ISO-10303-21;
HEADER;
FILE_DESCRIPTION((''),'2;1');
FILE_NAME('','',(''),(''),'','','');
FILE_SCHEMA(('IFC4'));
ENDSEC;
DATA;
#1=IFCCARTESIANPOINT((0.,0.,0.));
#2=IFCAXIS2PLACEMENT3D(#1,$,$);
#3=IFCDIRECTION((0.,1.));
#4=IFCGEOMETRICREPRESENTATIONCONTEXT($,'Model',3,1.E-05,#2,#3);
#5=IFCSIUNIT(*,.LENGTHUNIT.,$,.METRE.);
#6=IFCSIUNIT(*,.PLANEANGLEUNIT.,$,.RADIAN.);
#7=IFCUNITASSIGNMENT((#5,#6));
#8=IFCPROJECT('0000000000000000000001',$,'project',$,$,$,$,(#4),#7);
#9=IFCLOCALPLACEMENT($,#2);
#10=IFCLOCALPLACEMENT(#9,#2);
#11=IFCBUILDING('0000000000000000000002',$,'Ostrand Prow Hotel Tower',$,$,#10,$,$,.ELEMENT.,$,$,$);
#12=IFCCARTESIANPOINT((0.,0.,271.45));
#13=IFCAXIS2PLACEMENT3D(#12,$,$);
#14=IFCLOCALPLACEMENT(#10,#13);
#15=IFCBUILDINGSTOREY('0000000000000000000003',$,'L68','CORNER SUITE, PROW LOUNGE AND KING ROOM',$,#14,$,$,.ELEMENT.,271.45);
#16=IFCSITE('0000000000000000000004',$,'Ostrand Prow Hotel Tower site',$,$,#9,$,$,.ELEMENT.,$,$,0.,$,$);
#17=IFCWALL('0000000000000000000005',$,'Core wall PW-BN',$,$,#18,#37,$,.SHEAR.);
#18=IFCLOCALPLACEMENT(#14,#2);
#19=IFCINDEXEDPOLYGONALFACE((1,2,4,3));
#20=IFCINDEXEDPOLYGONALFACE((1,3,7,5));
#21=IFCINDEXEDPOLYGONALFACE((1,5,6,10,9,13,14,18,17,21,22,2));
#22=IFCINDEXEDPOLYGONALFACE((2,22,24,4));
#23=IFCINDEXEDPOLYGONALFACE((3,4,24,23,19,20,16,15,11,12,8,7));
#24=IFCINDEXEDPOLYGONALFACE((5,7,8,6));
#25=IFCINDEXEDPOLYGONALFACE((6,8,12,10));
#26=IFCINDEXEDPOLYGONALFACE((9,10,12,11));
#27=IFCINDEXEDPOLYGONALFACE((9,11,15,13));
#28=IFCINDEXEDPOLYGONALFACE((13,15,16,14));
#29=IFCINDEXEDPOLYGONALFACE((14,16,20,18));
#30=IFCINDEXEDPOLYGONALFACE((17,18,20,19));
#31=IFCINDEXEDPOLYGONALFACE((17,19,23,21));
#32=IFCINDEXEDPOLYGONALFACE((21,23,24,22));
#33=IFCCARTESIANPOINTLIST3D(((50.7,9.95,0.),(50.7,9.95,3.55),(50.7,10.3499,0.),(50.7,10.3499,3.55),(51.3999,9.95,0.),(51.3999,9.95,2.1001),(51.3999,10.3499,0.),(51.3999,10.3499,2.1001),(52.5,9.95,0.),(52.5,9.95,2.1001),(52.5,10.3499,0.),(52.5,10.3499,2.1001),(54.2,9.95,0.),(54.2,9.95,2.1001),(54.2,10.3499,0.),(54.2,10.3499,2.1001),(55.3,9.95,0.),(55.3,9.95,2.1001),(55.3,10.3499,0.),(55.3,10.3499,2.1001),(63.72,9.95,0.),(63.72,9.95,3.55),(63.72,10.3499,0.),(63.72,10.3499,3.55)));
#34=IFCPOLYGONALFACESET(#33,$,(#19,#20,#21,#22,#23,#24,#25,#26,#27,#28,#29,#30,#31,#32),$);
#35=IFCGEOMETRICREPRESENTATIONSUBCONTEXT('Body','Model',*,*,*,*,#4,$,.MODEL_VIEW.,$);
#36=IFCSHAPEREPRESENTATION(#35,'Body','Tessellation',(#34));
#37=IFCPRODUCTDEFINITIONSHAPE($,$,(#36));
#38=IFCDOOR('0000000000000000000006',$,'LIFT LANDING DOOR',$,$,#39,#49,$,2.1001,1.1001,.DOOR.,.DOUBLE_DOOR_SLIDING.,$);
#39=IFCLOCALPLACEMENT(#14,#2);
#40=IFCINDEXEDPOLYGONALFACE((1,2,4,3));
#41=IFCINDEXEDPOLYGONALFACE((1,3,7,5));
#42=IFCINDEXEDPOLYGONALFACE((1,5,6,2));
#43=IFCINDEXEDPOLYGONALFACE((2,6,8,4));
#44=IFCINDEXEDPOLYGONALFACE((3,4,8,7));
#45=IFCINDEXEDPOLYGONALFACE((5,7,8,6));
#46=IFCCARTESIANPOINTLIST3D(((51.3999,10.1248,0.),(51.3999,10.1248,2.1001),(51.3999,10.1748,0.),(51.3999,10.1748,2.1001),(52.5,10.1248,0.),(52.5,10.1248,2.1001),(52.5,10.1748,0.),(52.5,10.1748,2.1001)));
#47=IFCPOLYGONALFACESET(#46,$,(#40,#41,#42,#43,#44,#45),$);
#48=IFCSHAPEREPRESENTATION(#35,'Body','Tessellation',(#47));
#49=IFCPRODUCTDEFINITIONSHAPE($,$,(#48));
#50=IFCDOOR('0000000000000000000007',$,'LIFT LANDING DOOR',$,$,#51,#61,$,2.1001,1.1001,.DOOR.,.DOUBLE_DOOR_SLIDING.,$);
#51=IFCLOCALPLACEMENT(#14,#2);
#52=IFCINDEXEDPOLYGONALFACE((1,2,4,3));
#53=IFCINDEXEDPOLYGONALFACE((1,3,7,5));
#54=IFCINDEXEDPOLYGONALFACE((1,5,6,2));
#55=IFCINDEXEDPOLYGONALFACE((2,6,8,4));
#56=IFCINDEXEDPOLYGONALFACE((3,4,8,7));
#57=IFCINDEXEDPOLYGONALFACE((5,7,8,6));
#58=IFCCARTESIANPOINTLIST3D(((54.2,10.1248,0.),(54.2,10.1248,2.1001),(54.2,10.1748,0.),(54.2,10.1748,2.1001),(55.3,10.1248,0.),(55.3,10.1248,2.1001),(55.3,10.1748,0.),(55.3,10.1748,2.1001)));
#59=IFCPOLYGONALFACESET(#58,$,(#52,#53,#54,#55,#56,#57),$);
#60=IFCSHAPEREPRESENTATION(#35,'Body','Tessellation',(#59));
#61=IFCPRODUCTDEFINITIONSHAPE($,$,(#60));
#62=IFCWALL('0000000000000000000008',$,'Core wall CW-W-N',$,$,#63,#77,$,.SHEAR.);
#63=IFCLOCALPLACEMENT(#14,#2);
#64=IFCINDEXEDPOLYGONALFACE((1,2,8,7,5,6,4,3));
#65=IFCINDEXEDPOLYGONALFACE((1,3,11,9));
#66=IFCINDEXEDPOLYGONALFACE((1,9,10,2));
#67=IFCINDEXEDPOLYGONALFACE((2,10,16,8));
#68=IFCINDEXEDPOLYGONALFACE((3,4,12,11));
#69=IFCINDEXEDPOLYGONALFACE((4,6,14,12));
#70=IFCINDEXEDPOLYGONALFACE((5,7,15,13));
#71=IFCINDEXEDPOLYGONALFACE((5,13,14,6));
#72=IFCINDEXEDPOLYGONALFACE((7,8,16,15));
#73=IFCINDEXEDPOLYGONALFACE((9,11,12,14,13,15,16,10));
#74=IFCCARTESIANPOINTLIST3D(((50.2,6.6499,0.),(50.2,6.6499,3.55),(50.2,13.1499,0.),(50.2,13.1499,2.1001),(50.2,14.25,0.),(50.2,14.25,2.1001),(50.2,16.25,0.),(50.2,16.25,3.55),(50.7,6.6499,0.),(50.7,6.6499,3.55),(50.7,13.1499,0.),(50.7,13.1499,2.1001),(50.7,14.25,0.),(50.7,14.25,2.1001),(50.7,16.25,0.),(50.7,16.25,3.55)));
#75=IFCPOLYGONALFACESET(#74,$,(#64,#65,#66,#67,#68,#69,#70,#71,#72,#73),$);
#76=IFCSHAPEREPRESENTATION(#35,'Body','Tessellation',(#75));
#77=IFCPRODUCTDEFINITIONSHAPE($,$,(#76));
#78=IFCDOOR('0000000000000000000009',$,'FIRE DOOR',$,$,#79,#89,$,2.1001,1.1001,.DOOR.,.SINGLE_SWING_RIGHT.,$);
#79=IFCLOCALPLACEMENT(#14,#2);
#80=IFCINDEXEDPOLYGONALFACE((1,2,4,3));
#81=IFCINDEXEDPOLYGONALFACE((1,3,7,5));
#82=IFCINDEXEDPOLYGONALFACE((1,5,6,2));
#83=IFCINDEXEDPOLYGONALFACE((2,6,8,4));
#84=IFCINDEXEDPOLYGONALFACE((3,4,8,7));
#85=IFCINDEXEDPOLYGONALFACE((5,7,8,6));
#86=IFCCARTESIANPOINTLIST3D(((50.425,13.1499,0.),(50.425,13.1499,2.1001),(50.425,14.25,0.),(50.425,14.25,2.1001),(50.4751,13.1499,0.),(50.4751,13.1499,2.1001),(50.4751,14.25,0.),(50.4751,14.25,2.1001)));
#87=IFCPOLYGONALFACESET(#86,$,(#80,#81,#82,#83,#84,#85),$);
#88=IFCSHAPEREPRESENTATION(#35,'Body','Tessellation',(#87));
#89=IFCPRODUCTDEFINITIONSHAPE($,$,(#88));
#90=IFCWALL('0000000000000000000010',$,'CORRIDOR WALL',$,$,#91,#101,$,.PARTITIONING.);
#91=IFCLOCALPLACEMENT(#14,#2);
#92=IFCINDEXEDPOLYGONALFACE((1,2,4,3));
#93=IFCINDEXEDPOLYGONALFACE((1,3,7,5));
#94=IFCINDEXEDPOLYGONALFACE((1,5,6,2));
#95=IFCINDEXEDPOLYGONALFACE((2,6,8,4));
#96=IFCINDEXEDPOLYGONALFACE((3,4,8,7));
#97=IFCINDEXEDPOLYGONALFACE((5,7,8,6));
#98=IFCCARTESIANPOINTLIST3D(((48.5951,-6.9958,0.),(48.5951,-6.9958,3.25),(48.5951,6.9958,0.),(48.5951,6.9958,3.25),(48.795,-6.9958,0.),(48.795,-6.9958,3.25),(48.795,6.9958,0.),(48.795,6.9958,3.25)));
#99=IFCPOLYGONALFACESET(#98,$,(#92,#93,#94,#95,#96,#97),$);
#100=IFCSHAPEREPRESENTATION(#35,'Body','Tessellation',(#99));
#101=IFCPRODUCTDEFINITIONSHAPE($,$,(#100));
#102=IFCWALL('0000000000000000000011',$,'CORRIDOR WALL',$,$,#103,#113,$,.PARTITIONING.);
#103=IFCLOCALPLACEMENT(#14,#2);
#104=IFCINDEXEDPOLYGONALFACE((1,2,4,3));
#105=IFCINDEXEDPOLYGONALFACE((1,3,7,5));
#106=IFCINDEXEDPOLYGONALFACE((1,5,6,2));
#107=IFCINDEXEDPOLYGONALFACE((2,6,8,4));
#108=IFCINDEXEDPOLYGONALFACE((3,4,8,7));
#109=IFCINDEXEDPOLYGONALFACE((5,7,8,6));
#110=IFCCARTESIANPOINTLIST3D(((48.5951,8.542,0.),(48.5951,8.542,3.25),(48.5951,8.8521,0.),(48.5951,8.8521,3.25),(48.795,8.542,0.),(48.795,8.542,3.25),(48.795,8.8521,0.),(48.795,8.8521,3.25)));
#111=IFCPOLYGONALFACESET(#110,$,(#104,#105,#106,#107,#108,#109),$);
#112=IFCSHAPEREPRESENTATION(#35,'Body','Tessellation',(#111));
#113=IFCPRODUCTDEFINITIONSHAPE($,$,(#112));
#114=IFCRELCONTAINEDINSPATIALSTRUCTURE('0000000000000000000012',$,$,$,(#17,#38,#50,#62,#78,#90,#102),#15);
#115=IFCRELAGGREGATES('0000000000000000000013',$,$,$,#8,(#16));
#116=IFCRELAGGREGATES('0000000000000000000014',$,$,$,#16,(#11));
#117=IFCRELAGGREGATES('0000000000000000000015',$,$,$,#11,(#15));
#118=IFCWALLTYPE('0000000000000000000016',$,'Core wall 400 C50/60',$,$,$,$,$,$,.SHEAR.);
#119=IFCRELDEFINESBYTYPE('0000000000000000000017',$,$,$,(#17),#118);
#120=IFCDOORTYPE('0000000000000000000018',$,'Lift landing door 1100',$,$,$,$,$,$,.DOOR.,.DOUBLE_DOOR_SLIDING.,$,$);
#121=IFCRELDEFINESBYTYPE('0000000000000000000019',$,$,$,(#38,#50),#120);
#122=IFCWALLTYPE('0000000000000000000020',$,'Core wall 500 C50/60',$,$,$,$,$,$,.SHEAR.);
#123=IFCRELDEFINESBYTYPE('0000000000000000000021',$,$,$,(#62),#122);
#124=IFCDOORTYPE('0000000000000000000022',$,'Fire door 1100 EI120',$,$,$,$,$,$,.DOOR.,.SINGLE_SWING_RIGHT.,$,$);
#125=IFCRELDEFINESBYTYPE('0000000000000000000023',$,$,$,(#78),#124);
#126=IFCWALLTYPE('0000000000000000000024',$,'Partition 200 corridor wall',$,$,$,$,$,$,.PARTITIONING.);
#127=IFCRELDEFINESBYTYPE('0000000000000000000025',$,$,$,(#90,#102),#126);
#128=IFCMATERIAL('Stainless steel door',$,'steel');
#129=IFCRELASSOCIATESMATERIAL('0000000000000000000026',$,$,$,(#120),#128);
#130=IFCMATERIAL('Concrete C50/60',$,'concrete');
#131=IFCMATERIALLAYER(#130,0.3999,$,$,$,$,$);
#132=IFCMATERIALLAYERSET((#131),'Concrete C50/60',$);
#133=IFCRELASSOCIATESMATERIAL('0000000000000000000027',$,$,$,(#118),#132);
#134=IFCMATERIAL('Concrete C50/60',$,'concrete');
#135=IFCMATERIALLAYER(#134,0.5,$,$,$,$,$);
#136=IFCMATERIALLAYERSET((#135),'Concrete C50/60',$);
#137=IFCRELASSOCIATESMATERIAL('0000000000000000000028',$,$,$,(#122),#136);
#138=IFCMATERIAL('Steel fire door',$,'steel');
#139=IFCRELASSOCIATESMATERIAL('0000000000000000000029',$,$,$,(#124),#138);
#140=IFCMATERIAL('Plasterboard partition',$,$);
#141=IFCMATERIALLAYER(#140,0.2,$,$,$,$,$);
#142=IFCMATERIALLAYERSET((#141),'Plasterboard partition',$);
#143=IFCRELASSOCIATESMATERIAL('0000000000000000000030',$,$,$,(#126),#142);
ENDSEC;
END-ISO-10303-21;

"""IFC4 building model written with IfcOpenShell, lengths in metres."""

from ifc_helpers import new_model, si_unit, direction, frame, frame_2d, origin, place, context, subcontext, project, spatial, rectangle, extrude, material, layer, layer_set, type_object, element, fill, save


model = new_model("IFC4")

# Units and contexts
model_context = context("Model", 3, precision=1e-05, world=origin(), true_north=direction((0.0, 1.0)))
body_context = subcontext(model_context, "Body", "Model", "MODEL_VIEW")
ifc_project = project(units=[si_unit("LENGTHUNIT", "METRE"), si_unit("PLANEANGLEUNIT", "RADIAN")], contexts=[model_context])

# Site, building, storey
site_placement = place(None, origin())
site = spatial("IfcSite", under=ifc_project, at=site_placement, Name="Ostrand Prow Hotel Tower site", CompositionType="ELEMENT", RefElevation=0.0)
building_placement = place(site_placement, origin())
building = spatial("IfcBuilding", under=site, at=building_placement, Name="Ostrand Prow Hotel Tower", CompositionType="ELEMENT")
storey_placement = place(building_placement, frame((0.0, 0.0, 271.45)))
storey = spatial("IfcBuildingStorey", under=building, at=storey_placement, Name="L68", Description="CORNER SUITE, PROW LOUNGE AND KING ROOM", CompositionType="ELEMENT", Elevation=271.45)

# Shared definitions
ifc_material_1 = material(Name="Stainless steel door", Category="steel")
door_type_1 = type_object("IfcDoorType", Name="Lift landing door 1100", OperationType="DOUBLE_DOOR_SLIDING", PredefinedType="DOOR", material=ifc_material_1)

# Wall, openings, doors
ifc_material_2 = material(Name="Concrete C50/60", Category="concrete")
ifc_layer_1 = layer(ifc_material_2, 0.3999)
ifc_layer_set_1 = layer_set([ifc_layer_1], Name="Concrete C50/60")
wall_type_1 = type_object("IfcWallType", Name="Core wall 400 C50/60", PredefinedType="SHEAR", material=ifc_layer_set_1)
wall_1_placement = place(storey_placement, frame((50.7, 10.1499, 0.0), z_axis=(0.0, 0.0, 1.0), x_axis=(1.0, 0.0, 0.0)))
wall_1 = element("IfcWall", 1, at=wall_1_placement, inside=storey, type_object=wall_type_1, Name="Core wall PW-BN", PredefinedType="SHEAR", context=body_context, shape_type="SweptSolid", body=[
    extrude(rectangle(XDim=13.02, YDim=0.3999, at=frame_2d((6.51, 0.0))), origin(), (0.0, 0.0, 1.0), 3.55),
])
opening_1_placement = place(wall_1_placement, frame((0.7, 0.0, 0.0)))
opening_1 = element("IfcOpeningElement", 2, at=opening_1_placement, cuts=wall_1, PredefinedType="OPENING", context=body_context, shape_type="SweptSolid", body=[
    extrude(rectangle(XDim=1.1001, YDim=2.1001, at=frame_2d((0.55, 1.05))), frame((0.0, 0.21, 0.0), z_axis=(0.0, -1.0, 0.0), x_axis=(1.0, 0.0, 0.0)), (0.0, 0.0, 1.0), 0.4199),
])
opening_2_placement = place(wall_1_placement, frame((3.5, 0.0, 0.0)))
opening_2 = element("IfcOpeningElement", 3, at=opening_2_placement, cuts=wall_1, PredefinedType="OPENING", context=body_context, shape_type="SweptSolid", body=[
    extrude(rectangle(XDim=1.1001, YDim=2.1001, at=frame_2d((0.55, 1.05))), frame((0.0, 0.21, 0.0), z_axis=(0.0, -1.0, 0.0), x_axis=(1.0, 0.0, 0.0)), (0.0, 0.0, 1.0), 0.4199),
])
door_1_placement = place(opening_1_placement, origin())
door_1 = element("IfcDoor", 4, at=door_1_placement, inside=storey, type_object=door_type_1, Name="LIFT LANDING DOOR", OperationType="DOUBLE_DOOR_SLIDING", OverallHeight=2.1001, OverallWidth=1.1001, PredefinedType="DOOR", context=body_context, shape_type="SweptSolid", body=[
    extrude(rectangle(XDim=1.1001, YDim=2.1001, at=frame_2d((0.55, 1.05))), frame((0.0, 0.0249, 0.0), z_axis=(0.0, -1.0, 0.0), x_axis=(1.0, 0.0, 0.0)), (0.0, 0.0, 1.0), 0.05),
])
fill(opening_1, door_1)
door_2_placement = place(opening_2_placement, origin())
door_2 = element("IfcDoor", 5, at=door_2_placement, inside=storey, type_object=door_type_1, Name="LIFT LANDING DOOR", OperationType="DOUBLE_DOOR_SLIDING", OverallHeight=2.1001, OverallWidth=1.1001, PredefinedType="DOOR", context=body_context, shape_type="SweptSolid", body=[
    extrude(rectangle(XDim=1.1001, YDim=2.1001, at=frame_2d((0.55, 1.05))), frame((0.0, 0.0249, 0.0), z_axis=(0.0, -1.0, 0.0), x_axis=(1.0, 0.0, 0.0)), (0.0, 0.0, 1.0), 0.05),
])
fill(opening_2, door_2)

# Wall, opening, door
ifc_material_3 = material(Name="Concrete C50/60", Category="concrete")
ifc_layer_2 = layer(ifc_material_3, 0.5)
ifc_layer_set_2 = layer_set([ifc_layer_2], Name="Concrete C50/60")
wall_type_2 = type_object("IfcWallType", Name="Core wall 500 C50/60", PredefinedType="SHEAR", material=ifc_layer_set_2)
wall_2_placement = place(storey_placement, frame((50.45, 6.6499, 0.0), z_axis=(0.0, 0.0, 1.0), x_axis=(0.0, 1.0, 0.0)))
wall_2 = element("IfcWall", 6, at=wall_2_placement, inside=storey, type_object=wall_type_2, Name="Core wall CW-W-N", PredefinedType="SHEAR", context=body_context, shape_type="SweptSolid", body=[
    extrude(rectangle(XDim=9.6001, YDim=0.5, at=frame_2d((4.8, 0.0))), origin(), (0.0, 0.0, 1.0), 3.55),
])
opening_3_placement = place(wall_2_placement, frame((6.5, 0.0, 0.0)))
opening_3 = element("IfcOpeningElement", 7, at=opening_3_placement, cuts=wall_2, PredefinedType="OPENING", context=body_context, shape_type="SweptSolid", body=[
    extrude(rectangle(XDim=1.1001, YDim=2.1001, at=frame_2d((0.55, 1.05))), frame((0.0, 0.26, 0.0), z_axis=(0.0, -1.0, 0.0), x_axis=(1.0, 0.0, 0.0)), (0.0, 0.0, 1.0), 0.52),
])
ifc_material_4 = material(Name="Steel fire door", Category="steel")
door_type_2 = type_object("IfcDoorType", Name="Fire door 1100 EI120", OperationType="SINGLE_SWING_RIGHT", PredefinedType="DOOR", material=ifc_material_4)
door_3_placement = place(opening_3_placement, origin())
door_3 = element("IfcDoor", 8, at=door_3_placement, inside=storey, type_object=door_type_2, Name="FIRE DOOR", OperationType="SINGLE_SWING_RIGHT", OverallHeight=2.1001, OverallWidth=1.1001, PredefinedType="DOOR", context=body_context, shape_type="SweptSolid", body=[
    extrude(rectangle(XDim=1.1001, YDim=2.1001, at=frame_2d((0.55, 1.05))), frame((0.0, 0.0249, 0.0), z_axis=(0.0, -1.0, 0.0), x_axis=(1.0, 0.0, 0.0)), (0.0, 0.0, 1.0), 0.05),
])
fill(opening_3, door_3)

# Walls
ifc_material_5 = material(Name="Plasterboard partition")
ifc_layer_3 = layer(ifc_material_5, 0.2)
ifc_layer_set_3 = layer_set([ifc_layer_3], Name="Plasterboard partition")
wall_type_3 = type_object("IfcWallType", Name="Partition 200 corridor wall", PredefinedType="PARTITIONING", material=ifc_layer_set_3)
wall_3_placement = place(storey_placement, frame((48.6951, 6.9958, 0.0), z_axis=(0.0, 0.0, 1.0), x_axis=(0.0, -1.0, 0.0)))
element("IfcWall", 9, at=wall_3_placement, inside=storey, type_object=wall_type_3, Name="CORRIDOR WALL", PredefinedType="PARTITIONING", context=body_context, shape_type="SweptSolid", body=[
    extrude(rectangle(XDim=13.9917, YDim=0.2, at=frame_2d((6.9958, 0.0))), origin(), (0.0, 0.0, 1.0), 3.25),
])
wall_4_placement = place(storey_placement, frame((48.6951, 8.8521, 0.0), z_axis=(0.0, 0.0, 1.0), x_axis=(0.0, -1.0, 0.0)))
element("IfcWall", 10, at=wall_4_placement, inside=storey, type_object=wall_type_3, Name="CORRIDOR WALL", PredefinedType="PARTITIONING", context=body_context, shape_type="SweptSolid", body=[
    extrude(rectangle(XDim=0.3101, YDim=0.2, at=frame_2d((0.155, 0.0))), origin(), (0.0, 0.0, 1.0), 3.25),
])

save(model, "model.ifc")
